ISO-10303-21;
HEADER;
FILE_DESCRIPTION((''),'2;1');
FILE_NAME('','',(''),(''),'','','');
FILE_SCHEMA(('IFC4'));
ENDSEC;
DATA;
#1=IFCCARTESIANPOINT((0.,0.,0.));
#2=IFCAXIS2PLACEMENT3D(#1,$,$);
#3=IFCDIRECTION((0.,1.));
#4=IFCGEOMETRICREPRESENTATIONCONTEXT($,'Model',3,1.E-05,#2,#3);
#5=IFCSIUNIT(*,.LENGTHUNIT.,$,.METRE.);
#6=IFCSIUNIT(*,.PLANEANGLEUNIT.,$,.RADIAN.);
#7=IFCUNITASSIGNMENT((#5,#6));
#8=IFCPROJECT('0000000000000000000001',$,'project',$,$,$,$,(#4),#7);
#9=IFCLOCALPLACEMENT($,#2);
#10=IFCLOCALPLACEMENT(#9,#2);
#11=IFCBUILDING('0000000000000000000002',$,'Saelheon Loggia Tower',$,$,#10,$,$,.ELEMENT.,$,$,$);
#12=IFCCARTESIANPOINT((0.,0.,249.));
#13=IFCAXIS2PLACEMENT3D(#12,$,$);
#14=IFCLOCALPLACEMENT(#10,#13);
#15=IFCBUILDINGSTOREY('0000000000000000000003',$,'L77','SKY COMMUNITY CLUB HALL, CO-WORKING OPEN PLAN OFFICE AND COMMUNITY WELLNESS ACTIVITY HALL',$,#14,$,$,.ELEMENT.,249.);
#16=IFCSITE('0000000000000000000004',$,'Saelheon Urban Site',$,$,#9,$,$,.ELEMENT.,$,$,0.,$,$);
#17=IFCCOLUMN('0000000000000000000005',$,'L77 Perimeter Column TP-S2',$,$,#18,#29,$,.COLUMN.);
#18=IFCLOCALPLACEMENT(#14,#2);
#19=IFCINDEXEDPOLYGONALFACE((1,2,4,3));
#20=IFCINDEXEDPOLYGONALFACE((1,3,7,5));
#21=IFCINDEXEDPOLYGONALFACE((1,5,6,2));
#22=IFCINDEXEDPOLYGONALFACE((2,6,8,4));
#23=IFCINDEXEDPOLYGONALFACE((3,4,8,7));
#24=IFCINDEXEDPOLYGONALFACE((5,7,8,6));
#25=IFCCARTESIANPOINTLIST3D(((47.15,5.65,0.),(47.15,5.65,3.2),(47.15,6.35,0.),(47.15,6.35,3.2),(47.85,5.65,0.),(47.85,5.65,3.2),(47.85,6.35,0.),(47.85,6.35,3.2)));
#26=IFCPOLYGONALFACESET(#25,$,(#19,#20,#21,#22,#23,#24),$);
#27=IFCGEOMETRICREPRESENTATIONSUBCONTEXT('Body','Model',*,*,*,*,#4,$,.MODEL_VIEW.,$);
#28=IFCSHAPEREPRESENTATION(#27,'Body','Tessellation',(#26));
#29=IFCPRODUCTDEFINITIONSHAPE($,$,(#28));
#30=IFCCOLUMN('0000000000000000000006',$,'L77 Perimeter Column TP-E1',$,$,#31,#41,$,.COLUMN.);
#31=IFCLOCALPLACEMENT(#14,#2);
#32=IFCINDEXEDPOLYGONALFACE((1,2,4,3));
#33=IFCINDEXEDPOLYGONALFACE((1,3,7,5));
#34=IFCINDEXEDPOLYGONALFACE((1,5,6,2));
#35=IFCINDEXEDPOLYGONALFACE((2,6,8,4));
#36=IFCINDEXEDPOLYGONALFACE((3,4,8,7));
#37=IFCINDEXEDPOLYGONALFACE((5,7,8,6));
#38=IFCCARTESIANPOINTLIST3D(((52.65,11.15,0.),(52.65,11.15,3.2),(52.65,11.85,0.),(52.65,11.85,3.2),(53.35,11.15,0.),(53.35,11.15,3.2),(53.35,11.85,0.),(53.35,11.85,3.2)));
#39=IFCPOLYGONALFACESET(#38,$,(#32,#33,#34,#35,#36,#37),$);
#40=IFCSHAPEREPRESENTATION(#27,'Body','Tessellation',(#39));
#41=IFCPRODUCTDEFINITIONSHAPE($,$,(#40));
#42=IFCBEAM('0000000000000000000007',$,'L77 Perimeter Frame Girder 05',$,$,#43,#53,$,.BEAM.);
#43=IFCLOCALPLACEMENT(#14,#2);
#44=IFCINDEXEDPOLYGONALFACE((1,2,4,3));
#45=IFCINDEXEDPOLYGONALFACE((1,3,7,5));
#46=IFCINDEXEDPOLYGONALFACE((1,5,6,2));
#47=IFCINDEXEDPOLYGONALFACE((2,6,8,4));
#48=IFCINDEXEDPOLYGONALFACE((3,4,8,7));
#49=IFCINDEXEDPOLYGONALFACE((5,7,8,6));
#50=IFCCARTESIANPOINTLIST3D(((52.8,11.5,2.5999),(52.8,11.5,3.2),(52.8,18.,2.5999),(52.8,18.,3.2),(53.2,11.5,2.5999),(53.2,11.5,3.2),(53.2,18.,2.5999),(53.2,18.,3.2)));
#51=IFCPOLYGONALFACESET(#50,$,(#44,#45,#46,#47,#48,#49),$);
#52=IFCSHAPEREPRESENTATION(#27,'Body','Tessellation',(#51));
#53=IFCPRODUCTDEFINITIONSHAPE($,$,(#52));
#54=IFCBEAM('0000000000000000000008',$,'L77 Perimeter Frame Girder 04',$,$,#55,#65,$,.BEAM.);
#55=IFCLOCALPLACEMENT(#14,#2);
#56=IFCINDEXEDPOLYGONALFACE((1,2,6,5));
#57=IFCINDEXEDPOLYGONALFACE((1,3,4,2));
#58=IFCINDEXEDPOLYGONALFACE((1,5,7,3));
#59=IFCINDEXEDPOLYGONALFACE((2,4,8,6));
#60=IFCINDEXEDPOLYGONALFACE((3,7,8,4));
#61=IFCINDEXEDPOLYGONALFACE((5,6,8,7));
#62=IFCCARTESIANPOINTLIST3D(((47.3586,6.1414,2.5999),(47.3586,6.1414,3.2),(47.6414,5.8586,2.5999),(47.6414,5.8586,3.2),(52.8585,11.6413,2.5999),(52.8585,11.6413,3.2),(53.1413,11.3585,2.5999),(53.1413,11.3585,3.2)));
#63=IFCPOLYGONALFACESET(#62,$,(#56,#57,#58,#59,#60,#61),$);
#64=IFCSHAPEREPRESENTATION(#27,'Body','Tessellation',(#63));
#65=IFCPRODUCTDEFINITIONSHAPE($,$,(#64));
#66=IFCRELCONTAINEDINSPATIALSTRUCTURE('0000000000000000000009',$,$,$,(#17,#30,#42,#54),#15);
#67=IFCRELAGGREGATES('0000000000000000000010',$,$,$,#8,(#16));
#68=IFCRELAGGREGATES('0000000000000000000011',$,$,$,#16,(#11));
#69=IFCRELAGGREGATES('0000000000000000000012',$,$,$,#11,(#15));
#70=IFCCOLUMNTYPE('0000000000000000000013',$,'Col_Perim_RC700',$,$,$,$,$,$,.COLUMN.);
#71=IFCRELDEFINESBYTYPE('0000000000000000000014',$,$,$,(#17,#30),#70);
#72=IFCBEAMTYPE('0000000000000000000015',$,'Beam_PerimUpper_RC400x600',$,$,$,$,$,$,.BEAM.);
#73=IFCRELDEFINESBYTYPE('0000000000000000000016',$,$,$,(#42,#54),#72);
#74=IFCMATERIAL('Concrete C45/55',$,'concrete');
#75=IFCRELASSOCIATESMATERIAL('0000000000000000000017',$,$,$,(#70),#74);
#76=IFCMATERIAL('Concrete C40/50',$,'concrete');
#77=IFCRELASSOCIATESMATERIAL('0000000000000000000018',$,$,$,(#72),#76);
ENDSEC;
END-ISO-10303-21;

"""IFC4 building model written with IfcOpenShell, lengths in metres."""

from ifc_helpers import new_model, si_unit, direction, frame, origin, origin_2d, place, context, subcontext, project, spatial, rectangle, extrude, source, transform, mapped, material, material_profile, profile_set, type_object, element, save


model = new_model("IFC4")

# Units and contexts
model_context = context("Model", 3, precision=1e-05, world=origin(), true_north=direction((0.0, 1.0)))
body_context = subcontext(model_context, "Body", "Model", "MODEL_VIEW")
ifc_project = project(units=[si_unit("LENGTHUNIT", "METRE"), si_unit("PLANEANGLEUNIT", "RADIAN")], contexts=[model_context])

# Site, building, storey
site_placement = place(None, origin())
site = spatial("IfcSite", under=ifc_project, at=site_placement, Name="Saelheon Urban Site", CompositionType="ELEMENT", RefElevation=0.0)
building_placement = place(site_placement, origin())
building = spatial("IfcBuilding", under=site, at=building_placement, Name="Saelheon Loggia Tower", CompositionType="ELEMENT")
storey_placement = place(building_placement, frame((0.0, 0.0, 249.0)))
storey = spatial("IfcBuildingStorey", under=building, at=storey_placement, Name="L77", Description="SKY COMMUNITY CLUB HALL, CO-WORKING OPEN PLAN OFFICE AND COMMUNITY WELLNESS ACTIVITY HALL", CompositionType="ELEMENT", Elevation=249.0)

# Columns
ifc_material_1 = material(Name="Concrete C45/55", Category="concrete")
ifc_material_profile_1 = material_profile(ifc_material_1, rectangle(XDim=0.7, YDim=0.7, at=origin_2d()), Name="RC-700x700")
ifc_profile_set_1 = profile_set([ifc_material_profile_1], Name="Concrete C45/55")
column_type = type_object("IfcColumnType", Name="Col_Perim_RC700", PredefinedType="COLUMN", material=ifc_profile_set_1)
shared_shape_1 = source(origin(), body_context, "Body", "SweptSolid", [
    extrude(rectangle(XDim=0.7, YDim=0.7, at=origin_2d()), origin(), (0.0, 0.0, 1.0), 3.2),
])
for number, where, z_axis, x_axis, name in (
    (1, (47.5, 6.0, 0.0), (0.0, 0.0, 1.0), (1.0, 0.0, 0.0), "L77 Perimeter Column TP-S2"),
    (2, (53.0, 11.5, 0.0), (0.0, 0.0, 1.0), (1.0, 0.0, 0.0), "L77 Perimeter Column TP-E1"),
):
    element("IfcColumn", number, at=place(storey_placement, frame(where, z_axis=z_axis, x_axis=x_axis)), inside=storey, type_object=column_type, Name=name, PredefinedType="COLUMN", context=body_context, shape_type="MappedRepresentation", body=[
        mapped(shared_shape_1, transform((0.0, 0.0, 0.0), scale=1.0)),
    ])

# Beams
ifc_material_2 = material(Name="Concrete C40/50", Category="concrete")
ifc_material_profile_2 = material_profile(ifc_material_2, rectangle(XDim=0.3999, YDim=0.6001, at=origin_2d()), Name="RC-400x600")
ifc_profile_set_2 = profile_set([ifc_material_profile_2], Name="Concrete C40/50")
beam_type = type_object("IfcBeamType", Name="Beam_PerimUpper_RC400x600", PredefinedType="BEAM", material=ifc_profile_set_2)
shared_shape_2 = source(origin(), body_context, "Body", "SweptSolid", [
    extrude(rectangle(XDim=0.3999, YDim=0.6001, at=origin_2d()), origin(), (0.0, 0.0, 1.0), 6.5),
])
beam_1_placement = place(storey_placement, frame((53.0, 11.5, 2.8999), z_axis=(0.0, 1.0, 0.0), x_axis=(-1.0, 0.0, 0.0)))
element("IfcBeam", 3, at=beam_1_placement, inside=storey, type_object=beam_type, Name="L77 Perimeter Frame Girder 05", PredefinedType="BEAM", context=body_context, shape_type="MappedRepresentation", body=[
    mapped(shared_shape_2, transform((0.0, 0.0, 0.0), scale=1.0)),
])
shared_shape_3 = source(origin(), body_context, "Body", "SweptSolid", [
    extrude(rectangle(XDim=0.3999, YDim=0.6001, at=origin_2d()), origin(), (0.0, 0.0, 1.0), 7.7781),
])
beam_2_placement = place(storey_placement, frame((47.5, 6.0, 2.8999), z_axis=(0.707107, 0.707107, 0.0), x_axis=(-0.707107, 0.707107, 0.0)))
element("IfcBeam", 4, at=beam_2_placement, inside=storey, type_object=beam_type, Name="L77 Perimeter Frame Girder 04", PredefinedType="BEAM", context=body_context, shape_type="MappedRepresentation", body=[
    mapped(shared_shape_3, transform((0.0, 0.0, 0.0), scale=1.0)),
])

save(model, "model.ifc")
